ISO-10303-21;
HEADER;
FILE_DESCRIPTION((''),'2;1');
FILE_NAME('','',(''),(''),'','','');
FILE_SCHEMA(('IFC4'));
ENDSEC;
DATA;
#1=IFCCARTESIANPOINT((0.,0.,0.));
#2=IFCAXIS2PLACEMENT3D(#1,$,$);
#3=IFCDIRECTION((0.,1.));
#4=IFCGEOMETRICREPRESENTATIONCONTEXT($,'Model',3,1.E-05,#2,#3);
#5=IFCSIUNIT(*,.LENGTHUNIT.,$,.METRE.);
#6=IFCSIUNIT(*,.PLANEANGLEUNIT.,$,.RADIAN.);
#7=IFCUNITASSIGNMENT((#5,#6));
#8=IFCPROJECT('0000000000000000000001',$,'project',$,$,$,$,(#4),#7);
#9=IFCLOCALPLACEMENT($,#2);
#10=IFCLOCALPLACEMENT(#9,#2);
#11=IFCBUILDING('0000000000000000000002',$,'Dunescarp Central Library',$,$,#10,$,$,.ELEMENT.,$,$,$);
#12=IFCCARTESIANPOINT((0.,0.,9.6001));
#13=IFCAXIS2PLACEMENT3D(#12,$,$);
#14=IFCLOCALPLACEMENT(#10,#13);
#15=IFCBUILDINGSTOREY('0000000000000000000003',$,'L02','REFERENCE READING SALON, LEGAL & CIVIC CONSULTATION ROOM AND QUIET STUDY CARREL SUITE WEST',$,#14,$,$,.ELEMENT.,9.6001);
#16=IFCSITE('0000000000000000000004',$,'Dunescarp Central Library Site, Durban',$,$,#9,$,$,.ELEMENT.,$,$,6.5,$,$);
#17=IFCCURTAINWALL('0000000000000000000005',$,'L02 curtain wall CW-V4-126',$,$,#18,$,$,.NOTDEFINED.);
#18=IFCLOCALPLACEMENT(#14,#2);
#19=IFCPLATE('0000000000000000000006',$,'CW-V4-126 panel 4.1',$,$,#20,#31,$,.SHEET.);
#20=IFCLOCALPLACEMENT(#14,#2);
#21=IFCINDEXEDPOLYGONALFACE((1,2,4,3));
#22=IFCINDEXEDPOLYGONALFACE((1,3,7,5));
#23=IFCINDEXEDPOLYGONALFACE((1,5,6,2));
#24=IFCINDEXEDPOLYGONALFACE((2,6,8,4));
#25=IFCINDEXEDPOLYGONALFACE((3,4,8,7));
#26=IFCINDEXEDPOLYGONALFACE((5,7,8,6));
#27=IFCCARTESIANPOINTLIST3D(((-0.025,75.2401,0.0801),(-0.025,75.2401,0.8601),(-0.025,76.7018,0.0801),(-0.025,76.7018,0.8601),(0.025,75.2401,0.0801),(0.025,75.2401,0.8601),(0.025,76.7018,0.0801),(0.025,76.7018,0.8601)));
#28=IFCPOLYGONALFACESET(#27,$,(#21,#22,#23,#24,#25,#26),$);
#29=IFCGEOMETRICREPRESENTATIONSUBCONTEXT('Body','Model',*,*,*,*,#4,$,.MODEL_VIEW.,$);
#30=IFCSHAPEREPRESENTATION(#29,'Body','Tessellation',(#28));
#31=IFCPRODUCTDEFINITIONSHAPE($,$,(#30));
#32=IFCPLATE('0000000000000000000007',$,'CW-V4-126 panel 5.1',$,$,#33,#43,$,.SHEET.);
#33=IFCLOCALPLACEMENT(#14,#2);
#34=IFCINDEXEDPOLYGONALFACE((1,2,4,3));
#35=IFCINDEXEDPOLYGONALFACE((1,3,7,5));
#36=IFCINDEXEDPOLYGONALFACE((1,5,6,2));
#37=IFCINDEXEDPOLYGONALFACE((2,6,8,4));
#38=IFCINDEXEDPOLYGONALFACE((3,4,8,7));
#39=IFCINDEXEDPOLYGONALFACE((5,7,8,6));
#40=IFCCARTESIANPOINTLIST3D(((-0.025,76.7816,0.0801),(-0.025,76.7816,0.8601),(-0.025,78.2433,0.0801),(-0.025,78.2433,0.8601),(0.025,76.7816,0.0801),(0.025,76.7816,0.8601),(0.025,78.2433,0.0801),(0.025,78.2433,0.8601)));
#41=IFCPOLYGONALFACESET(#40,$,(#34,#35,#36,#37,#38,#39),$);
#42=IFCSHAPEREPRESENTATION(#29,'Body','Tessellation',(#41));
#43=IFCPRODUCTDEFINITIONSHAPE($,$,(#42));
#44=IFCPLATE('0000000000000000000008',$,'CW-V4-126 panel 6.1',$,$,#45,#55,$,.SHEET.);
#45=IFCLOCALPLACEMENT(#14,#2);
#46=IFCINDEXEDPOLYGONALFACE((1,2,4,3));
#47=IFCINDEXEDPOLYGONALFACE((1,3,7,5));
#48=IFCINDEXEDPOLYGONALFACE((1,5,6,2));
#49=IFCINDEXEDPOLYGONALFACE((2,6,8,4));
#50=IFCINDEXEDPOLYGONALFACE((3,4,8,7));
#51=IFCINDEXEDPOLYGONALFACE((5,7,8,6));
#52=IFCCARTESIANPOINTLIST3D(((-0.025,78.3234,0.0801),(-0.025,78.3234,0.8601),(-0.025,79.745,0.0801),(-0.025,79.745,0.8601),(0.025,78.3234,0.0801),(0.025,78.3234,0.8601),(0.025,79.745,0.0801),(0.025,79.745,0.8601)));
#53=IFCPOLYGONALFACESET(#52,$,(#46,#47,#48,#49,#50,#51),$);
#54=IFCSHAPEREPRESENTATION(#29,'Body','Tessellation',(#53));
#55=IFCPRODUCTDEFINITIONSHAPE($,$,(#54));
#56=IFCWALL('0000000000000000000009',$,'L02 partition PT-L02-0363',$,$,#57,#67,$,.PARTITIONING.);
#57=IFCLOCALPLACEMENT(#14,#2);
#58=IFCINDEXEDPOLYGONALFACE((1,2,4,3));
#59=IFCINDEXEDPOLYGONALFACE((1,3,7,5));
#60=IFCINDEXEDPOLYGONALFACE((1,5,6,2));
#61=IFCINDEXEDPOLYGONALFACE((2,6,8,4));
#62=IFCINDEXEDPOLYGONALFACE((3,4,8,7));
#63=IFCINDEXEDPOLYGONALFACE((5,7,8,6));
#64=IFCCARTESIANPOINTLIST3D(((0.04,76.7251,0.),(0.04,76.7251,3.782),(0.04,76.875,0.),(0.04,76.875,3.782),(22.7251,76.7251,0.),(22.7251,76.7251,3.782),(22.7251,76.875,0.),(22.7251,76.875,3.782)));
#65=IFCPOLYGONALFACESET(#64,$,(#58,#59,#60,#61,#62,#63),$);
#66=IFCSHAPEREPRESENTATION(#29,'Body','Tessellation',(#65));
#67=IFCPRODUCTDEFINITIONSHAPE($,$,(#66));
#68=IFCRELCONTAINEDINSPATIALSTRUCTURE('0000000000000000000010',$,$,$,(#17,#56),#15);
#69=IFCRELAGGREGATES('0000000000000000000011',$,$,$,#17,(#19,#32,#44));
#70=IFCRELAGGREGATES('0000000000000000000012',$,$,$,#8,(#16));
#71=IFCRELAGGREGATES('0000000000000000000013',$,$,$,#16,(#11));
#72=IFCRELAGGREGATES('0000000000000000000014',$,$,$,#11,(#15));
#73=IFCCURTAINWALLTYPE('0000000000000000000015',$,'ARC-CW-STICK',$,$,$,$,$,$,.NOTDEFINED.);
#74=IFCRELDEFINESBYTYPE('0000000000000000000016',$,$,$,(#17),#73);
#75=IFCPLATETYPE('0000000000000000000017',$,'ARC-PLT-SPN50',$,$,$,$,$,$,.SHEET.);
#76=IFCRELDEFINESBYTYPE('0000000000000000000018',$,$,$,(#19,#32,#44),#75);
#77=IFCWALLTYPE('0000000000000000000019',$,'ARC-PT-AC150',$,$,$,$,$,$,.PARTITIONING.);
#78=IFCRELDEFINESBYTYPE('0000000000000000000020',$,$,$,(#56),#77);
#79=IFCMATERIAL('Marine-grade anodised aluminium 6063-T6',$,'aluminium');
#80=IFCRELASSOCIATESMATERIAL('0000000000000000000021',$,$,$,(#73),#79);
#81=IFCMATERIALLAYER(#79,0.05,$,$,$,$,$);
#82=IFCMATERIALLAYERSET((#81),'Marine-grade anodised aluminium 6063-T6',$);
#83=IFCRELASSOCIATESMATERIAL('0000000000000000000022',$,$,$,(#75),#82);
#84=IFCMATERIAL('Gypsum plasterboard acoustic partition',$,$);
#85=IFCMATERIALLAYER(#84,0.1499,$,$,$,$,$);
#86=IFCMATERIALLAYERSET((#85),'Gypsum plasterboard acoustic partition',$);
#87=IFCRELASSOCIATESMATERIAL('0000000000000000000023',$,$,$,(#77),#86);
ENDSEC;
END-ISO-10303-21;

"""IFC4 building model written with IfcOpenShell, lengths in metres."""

from ifc_helpers import new_model, si_unit, direction, frame, frame_2d, origin, origin_2d, place, context, subcontext, project, spatial, rectangle, extrude, material, layer, layer_set, type_object, element, aggregate, save


model = new_model("IFC4")

# Units and contexts
model_context = context("Model", 3, precision=1e-05, world=origin(), true_north=direction((0.0, 1.0)))
body_context = subcontext(model_context, "Body", "Model", "MODEL_VIEW")
ifc_project = project(units=[si_unit("LENGTHUNIT", "METRE"), si_unit("PLANEANGLEUNIT", "RADIAN")], contexts=[model_context])

# Site, building, storey
site_placement = place(None, origin())
site = spatial("IfcSite", under=ifc_project, at=site_placement, Name="Dunescarp Central Library Site, Durban", CompositionType="ELEMENT", RefElevation=6.5)
building_placement = place(site_placement, origin())
building = spatial("IfcBuilding", under=site, at=building_placement, Name="Dunescarp Central Library", CompositionType="ELEMENT")
storey_placement = place(building_placement, frame((0.0, 0.0, 9.6001)))
storey = spatial("IfcBuildingStorey", under=building, at=storey_placement, Name="L02", Description="REFERENCE READING SALON, LEGAL & CIVIC CONSULTATION ROOM AND QUIET STUDY CARREL SUITE WEST", CompositionType="ELEMENT", Elevation=9.6001)

# Curtain wall
ifc_material_1 = material(Name="Marine-grade anodised aluminium 6063-T6", Category="aluminium")
curtain_wall_type = type_object("IfcCurtainWallType", Name="ARC-CW-STICK", PredefinedType="NOTDEFINED", material=ifc_material_1)
curtain_wall_1_placement = place(storey_placement, origin())
curtain_wall_1 = element("IfcCurtainWall", 1, at=curtain_wall_1_placement, inside=storey, type_object=curtain_wall_type, Name="L02 curtain wall CW-V4-126", PredefinedType="NOTDEFINED")

# Plates
ifc_layer_1 = layer(ifc_material_1, 0.05)
ifc_layer_set_1 = layer_set([ifc_layer_1], Name="Marine-grade anodised aluminium 6063-T6")
plate_type_1 = type_object("IfcPlateType", Name="ARC-PLT-SPN50", PredefinedType="SHEET", material=ifc_layer_set_1)
plate_1_placement = place(storey_placement, frame((0.0, 75.9709, 0.0801), z_axis=(0.0, 0.0, 1.0), x_axis=(0.0, 1.0, 0.0)))
plate_1 = element("IfcPlate", 2, at=plate_1_placement, type_object=plate_type_1, Name="CW-V4-126 panel 4.1", PredefinedType="SHEET", context=body_context, shape_type="SweptSolid", body=[
    extrude(rectangle(XDim=1.4617, YDim=0.05, at=origin_2d()), origin(), (0.0, 0.0, 1.0), 0.78),
])
plate_2_placement = place(storey_placement, frame((0.0, 77.5125, 0.0801), z_axis=(0.0, 0.0, 1.0), x_axis=(0.0, 1.0, 0.0)))
plate_2 = element("IfcPlate", 3, at=plate_2_placement, type_object=plate_type_1, Name="CW-V4-126 panel 5.1", PredefinedType="SHEET", context=body_context, shape_type="SweptSolid", body=[
    extrude(rectangle(XDim=1.4617, YDim=0.05, at=origin_2d()), origin(), (0.0, 0.0, 1.0), 0.78),
])
plate_3_placement = place(storey_placement, frame((0.0, 79.0342, 0.0801), z_axis=(0.0, 0.0, 1.0), x_axis=(0.0, 1.0, 0.0)))
plate_3 = element("IfcPlate", 4, at=plate_3_placement, type_object=plate_type_1, Name="CW-V4-126 panel 6.1", PredefinedType="SHEET", context=body_context, shape_type="SweptSolid", body=[
    extrude(rectangle(XDim=1.4216, YDim=0.05, at=origin_2d()), origin(), (0.0, 0.0, 1.0), 0.78),
])
aggregate(curtain_wall_1, [plate_1, plate_2, plate_3])

# Wall
ifc_material_2 = material(Name="Gypsum plasterboard acoustic partition")
ifc_layer_2 = layer(ifc_material_2, 0.1499)
ifc_layer_set_2 = layer_set([ifc_layer_2], Name="Gypsum plasterboard acoustic partition")
wall_type = type_object("IfcWallType", Name="ARC-PT-AC150", PredefinedType="PARTITIONING", material=ifc_layer_set_2)
wall_placement = place(storey_placement, frame((0.04, 76.8, 0.0), z_axis=(0.0, 0.0, 1.0), x_axis=(1.0, 0.0, 0.0)))
element("IfcWall", 5, at=wall_placement, inside=storey, type_object=wall_type, Name="L02 partition PT-L02-0363", PredefinedType="PARTITIONING", context=body_context, shape_type="SweptSolid", body=[
    extrude(rectangle(XDim=22.6851, YDim=0.1499, at=frame_2d((11.3425, 0.0))), origin(), (0.0, 0.0, 1.0), 3.782),
])

save(model, "model.ifc")
